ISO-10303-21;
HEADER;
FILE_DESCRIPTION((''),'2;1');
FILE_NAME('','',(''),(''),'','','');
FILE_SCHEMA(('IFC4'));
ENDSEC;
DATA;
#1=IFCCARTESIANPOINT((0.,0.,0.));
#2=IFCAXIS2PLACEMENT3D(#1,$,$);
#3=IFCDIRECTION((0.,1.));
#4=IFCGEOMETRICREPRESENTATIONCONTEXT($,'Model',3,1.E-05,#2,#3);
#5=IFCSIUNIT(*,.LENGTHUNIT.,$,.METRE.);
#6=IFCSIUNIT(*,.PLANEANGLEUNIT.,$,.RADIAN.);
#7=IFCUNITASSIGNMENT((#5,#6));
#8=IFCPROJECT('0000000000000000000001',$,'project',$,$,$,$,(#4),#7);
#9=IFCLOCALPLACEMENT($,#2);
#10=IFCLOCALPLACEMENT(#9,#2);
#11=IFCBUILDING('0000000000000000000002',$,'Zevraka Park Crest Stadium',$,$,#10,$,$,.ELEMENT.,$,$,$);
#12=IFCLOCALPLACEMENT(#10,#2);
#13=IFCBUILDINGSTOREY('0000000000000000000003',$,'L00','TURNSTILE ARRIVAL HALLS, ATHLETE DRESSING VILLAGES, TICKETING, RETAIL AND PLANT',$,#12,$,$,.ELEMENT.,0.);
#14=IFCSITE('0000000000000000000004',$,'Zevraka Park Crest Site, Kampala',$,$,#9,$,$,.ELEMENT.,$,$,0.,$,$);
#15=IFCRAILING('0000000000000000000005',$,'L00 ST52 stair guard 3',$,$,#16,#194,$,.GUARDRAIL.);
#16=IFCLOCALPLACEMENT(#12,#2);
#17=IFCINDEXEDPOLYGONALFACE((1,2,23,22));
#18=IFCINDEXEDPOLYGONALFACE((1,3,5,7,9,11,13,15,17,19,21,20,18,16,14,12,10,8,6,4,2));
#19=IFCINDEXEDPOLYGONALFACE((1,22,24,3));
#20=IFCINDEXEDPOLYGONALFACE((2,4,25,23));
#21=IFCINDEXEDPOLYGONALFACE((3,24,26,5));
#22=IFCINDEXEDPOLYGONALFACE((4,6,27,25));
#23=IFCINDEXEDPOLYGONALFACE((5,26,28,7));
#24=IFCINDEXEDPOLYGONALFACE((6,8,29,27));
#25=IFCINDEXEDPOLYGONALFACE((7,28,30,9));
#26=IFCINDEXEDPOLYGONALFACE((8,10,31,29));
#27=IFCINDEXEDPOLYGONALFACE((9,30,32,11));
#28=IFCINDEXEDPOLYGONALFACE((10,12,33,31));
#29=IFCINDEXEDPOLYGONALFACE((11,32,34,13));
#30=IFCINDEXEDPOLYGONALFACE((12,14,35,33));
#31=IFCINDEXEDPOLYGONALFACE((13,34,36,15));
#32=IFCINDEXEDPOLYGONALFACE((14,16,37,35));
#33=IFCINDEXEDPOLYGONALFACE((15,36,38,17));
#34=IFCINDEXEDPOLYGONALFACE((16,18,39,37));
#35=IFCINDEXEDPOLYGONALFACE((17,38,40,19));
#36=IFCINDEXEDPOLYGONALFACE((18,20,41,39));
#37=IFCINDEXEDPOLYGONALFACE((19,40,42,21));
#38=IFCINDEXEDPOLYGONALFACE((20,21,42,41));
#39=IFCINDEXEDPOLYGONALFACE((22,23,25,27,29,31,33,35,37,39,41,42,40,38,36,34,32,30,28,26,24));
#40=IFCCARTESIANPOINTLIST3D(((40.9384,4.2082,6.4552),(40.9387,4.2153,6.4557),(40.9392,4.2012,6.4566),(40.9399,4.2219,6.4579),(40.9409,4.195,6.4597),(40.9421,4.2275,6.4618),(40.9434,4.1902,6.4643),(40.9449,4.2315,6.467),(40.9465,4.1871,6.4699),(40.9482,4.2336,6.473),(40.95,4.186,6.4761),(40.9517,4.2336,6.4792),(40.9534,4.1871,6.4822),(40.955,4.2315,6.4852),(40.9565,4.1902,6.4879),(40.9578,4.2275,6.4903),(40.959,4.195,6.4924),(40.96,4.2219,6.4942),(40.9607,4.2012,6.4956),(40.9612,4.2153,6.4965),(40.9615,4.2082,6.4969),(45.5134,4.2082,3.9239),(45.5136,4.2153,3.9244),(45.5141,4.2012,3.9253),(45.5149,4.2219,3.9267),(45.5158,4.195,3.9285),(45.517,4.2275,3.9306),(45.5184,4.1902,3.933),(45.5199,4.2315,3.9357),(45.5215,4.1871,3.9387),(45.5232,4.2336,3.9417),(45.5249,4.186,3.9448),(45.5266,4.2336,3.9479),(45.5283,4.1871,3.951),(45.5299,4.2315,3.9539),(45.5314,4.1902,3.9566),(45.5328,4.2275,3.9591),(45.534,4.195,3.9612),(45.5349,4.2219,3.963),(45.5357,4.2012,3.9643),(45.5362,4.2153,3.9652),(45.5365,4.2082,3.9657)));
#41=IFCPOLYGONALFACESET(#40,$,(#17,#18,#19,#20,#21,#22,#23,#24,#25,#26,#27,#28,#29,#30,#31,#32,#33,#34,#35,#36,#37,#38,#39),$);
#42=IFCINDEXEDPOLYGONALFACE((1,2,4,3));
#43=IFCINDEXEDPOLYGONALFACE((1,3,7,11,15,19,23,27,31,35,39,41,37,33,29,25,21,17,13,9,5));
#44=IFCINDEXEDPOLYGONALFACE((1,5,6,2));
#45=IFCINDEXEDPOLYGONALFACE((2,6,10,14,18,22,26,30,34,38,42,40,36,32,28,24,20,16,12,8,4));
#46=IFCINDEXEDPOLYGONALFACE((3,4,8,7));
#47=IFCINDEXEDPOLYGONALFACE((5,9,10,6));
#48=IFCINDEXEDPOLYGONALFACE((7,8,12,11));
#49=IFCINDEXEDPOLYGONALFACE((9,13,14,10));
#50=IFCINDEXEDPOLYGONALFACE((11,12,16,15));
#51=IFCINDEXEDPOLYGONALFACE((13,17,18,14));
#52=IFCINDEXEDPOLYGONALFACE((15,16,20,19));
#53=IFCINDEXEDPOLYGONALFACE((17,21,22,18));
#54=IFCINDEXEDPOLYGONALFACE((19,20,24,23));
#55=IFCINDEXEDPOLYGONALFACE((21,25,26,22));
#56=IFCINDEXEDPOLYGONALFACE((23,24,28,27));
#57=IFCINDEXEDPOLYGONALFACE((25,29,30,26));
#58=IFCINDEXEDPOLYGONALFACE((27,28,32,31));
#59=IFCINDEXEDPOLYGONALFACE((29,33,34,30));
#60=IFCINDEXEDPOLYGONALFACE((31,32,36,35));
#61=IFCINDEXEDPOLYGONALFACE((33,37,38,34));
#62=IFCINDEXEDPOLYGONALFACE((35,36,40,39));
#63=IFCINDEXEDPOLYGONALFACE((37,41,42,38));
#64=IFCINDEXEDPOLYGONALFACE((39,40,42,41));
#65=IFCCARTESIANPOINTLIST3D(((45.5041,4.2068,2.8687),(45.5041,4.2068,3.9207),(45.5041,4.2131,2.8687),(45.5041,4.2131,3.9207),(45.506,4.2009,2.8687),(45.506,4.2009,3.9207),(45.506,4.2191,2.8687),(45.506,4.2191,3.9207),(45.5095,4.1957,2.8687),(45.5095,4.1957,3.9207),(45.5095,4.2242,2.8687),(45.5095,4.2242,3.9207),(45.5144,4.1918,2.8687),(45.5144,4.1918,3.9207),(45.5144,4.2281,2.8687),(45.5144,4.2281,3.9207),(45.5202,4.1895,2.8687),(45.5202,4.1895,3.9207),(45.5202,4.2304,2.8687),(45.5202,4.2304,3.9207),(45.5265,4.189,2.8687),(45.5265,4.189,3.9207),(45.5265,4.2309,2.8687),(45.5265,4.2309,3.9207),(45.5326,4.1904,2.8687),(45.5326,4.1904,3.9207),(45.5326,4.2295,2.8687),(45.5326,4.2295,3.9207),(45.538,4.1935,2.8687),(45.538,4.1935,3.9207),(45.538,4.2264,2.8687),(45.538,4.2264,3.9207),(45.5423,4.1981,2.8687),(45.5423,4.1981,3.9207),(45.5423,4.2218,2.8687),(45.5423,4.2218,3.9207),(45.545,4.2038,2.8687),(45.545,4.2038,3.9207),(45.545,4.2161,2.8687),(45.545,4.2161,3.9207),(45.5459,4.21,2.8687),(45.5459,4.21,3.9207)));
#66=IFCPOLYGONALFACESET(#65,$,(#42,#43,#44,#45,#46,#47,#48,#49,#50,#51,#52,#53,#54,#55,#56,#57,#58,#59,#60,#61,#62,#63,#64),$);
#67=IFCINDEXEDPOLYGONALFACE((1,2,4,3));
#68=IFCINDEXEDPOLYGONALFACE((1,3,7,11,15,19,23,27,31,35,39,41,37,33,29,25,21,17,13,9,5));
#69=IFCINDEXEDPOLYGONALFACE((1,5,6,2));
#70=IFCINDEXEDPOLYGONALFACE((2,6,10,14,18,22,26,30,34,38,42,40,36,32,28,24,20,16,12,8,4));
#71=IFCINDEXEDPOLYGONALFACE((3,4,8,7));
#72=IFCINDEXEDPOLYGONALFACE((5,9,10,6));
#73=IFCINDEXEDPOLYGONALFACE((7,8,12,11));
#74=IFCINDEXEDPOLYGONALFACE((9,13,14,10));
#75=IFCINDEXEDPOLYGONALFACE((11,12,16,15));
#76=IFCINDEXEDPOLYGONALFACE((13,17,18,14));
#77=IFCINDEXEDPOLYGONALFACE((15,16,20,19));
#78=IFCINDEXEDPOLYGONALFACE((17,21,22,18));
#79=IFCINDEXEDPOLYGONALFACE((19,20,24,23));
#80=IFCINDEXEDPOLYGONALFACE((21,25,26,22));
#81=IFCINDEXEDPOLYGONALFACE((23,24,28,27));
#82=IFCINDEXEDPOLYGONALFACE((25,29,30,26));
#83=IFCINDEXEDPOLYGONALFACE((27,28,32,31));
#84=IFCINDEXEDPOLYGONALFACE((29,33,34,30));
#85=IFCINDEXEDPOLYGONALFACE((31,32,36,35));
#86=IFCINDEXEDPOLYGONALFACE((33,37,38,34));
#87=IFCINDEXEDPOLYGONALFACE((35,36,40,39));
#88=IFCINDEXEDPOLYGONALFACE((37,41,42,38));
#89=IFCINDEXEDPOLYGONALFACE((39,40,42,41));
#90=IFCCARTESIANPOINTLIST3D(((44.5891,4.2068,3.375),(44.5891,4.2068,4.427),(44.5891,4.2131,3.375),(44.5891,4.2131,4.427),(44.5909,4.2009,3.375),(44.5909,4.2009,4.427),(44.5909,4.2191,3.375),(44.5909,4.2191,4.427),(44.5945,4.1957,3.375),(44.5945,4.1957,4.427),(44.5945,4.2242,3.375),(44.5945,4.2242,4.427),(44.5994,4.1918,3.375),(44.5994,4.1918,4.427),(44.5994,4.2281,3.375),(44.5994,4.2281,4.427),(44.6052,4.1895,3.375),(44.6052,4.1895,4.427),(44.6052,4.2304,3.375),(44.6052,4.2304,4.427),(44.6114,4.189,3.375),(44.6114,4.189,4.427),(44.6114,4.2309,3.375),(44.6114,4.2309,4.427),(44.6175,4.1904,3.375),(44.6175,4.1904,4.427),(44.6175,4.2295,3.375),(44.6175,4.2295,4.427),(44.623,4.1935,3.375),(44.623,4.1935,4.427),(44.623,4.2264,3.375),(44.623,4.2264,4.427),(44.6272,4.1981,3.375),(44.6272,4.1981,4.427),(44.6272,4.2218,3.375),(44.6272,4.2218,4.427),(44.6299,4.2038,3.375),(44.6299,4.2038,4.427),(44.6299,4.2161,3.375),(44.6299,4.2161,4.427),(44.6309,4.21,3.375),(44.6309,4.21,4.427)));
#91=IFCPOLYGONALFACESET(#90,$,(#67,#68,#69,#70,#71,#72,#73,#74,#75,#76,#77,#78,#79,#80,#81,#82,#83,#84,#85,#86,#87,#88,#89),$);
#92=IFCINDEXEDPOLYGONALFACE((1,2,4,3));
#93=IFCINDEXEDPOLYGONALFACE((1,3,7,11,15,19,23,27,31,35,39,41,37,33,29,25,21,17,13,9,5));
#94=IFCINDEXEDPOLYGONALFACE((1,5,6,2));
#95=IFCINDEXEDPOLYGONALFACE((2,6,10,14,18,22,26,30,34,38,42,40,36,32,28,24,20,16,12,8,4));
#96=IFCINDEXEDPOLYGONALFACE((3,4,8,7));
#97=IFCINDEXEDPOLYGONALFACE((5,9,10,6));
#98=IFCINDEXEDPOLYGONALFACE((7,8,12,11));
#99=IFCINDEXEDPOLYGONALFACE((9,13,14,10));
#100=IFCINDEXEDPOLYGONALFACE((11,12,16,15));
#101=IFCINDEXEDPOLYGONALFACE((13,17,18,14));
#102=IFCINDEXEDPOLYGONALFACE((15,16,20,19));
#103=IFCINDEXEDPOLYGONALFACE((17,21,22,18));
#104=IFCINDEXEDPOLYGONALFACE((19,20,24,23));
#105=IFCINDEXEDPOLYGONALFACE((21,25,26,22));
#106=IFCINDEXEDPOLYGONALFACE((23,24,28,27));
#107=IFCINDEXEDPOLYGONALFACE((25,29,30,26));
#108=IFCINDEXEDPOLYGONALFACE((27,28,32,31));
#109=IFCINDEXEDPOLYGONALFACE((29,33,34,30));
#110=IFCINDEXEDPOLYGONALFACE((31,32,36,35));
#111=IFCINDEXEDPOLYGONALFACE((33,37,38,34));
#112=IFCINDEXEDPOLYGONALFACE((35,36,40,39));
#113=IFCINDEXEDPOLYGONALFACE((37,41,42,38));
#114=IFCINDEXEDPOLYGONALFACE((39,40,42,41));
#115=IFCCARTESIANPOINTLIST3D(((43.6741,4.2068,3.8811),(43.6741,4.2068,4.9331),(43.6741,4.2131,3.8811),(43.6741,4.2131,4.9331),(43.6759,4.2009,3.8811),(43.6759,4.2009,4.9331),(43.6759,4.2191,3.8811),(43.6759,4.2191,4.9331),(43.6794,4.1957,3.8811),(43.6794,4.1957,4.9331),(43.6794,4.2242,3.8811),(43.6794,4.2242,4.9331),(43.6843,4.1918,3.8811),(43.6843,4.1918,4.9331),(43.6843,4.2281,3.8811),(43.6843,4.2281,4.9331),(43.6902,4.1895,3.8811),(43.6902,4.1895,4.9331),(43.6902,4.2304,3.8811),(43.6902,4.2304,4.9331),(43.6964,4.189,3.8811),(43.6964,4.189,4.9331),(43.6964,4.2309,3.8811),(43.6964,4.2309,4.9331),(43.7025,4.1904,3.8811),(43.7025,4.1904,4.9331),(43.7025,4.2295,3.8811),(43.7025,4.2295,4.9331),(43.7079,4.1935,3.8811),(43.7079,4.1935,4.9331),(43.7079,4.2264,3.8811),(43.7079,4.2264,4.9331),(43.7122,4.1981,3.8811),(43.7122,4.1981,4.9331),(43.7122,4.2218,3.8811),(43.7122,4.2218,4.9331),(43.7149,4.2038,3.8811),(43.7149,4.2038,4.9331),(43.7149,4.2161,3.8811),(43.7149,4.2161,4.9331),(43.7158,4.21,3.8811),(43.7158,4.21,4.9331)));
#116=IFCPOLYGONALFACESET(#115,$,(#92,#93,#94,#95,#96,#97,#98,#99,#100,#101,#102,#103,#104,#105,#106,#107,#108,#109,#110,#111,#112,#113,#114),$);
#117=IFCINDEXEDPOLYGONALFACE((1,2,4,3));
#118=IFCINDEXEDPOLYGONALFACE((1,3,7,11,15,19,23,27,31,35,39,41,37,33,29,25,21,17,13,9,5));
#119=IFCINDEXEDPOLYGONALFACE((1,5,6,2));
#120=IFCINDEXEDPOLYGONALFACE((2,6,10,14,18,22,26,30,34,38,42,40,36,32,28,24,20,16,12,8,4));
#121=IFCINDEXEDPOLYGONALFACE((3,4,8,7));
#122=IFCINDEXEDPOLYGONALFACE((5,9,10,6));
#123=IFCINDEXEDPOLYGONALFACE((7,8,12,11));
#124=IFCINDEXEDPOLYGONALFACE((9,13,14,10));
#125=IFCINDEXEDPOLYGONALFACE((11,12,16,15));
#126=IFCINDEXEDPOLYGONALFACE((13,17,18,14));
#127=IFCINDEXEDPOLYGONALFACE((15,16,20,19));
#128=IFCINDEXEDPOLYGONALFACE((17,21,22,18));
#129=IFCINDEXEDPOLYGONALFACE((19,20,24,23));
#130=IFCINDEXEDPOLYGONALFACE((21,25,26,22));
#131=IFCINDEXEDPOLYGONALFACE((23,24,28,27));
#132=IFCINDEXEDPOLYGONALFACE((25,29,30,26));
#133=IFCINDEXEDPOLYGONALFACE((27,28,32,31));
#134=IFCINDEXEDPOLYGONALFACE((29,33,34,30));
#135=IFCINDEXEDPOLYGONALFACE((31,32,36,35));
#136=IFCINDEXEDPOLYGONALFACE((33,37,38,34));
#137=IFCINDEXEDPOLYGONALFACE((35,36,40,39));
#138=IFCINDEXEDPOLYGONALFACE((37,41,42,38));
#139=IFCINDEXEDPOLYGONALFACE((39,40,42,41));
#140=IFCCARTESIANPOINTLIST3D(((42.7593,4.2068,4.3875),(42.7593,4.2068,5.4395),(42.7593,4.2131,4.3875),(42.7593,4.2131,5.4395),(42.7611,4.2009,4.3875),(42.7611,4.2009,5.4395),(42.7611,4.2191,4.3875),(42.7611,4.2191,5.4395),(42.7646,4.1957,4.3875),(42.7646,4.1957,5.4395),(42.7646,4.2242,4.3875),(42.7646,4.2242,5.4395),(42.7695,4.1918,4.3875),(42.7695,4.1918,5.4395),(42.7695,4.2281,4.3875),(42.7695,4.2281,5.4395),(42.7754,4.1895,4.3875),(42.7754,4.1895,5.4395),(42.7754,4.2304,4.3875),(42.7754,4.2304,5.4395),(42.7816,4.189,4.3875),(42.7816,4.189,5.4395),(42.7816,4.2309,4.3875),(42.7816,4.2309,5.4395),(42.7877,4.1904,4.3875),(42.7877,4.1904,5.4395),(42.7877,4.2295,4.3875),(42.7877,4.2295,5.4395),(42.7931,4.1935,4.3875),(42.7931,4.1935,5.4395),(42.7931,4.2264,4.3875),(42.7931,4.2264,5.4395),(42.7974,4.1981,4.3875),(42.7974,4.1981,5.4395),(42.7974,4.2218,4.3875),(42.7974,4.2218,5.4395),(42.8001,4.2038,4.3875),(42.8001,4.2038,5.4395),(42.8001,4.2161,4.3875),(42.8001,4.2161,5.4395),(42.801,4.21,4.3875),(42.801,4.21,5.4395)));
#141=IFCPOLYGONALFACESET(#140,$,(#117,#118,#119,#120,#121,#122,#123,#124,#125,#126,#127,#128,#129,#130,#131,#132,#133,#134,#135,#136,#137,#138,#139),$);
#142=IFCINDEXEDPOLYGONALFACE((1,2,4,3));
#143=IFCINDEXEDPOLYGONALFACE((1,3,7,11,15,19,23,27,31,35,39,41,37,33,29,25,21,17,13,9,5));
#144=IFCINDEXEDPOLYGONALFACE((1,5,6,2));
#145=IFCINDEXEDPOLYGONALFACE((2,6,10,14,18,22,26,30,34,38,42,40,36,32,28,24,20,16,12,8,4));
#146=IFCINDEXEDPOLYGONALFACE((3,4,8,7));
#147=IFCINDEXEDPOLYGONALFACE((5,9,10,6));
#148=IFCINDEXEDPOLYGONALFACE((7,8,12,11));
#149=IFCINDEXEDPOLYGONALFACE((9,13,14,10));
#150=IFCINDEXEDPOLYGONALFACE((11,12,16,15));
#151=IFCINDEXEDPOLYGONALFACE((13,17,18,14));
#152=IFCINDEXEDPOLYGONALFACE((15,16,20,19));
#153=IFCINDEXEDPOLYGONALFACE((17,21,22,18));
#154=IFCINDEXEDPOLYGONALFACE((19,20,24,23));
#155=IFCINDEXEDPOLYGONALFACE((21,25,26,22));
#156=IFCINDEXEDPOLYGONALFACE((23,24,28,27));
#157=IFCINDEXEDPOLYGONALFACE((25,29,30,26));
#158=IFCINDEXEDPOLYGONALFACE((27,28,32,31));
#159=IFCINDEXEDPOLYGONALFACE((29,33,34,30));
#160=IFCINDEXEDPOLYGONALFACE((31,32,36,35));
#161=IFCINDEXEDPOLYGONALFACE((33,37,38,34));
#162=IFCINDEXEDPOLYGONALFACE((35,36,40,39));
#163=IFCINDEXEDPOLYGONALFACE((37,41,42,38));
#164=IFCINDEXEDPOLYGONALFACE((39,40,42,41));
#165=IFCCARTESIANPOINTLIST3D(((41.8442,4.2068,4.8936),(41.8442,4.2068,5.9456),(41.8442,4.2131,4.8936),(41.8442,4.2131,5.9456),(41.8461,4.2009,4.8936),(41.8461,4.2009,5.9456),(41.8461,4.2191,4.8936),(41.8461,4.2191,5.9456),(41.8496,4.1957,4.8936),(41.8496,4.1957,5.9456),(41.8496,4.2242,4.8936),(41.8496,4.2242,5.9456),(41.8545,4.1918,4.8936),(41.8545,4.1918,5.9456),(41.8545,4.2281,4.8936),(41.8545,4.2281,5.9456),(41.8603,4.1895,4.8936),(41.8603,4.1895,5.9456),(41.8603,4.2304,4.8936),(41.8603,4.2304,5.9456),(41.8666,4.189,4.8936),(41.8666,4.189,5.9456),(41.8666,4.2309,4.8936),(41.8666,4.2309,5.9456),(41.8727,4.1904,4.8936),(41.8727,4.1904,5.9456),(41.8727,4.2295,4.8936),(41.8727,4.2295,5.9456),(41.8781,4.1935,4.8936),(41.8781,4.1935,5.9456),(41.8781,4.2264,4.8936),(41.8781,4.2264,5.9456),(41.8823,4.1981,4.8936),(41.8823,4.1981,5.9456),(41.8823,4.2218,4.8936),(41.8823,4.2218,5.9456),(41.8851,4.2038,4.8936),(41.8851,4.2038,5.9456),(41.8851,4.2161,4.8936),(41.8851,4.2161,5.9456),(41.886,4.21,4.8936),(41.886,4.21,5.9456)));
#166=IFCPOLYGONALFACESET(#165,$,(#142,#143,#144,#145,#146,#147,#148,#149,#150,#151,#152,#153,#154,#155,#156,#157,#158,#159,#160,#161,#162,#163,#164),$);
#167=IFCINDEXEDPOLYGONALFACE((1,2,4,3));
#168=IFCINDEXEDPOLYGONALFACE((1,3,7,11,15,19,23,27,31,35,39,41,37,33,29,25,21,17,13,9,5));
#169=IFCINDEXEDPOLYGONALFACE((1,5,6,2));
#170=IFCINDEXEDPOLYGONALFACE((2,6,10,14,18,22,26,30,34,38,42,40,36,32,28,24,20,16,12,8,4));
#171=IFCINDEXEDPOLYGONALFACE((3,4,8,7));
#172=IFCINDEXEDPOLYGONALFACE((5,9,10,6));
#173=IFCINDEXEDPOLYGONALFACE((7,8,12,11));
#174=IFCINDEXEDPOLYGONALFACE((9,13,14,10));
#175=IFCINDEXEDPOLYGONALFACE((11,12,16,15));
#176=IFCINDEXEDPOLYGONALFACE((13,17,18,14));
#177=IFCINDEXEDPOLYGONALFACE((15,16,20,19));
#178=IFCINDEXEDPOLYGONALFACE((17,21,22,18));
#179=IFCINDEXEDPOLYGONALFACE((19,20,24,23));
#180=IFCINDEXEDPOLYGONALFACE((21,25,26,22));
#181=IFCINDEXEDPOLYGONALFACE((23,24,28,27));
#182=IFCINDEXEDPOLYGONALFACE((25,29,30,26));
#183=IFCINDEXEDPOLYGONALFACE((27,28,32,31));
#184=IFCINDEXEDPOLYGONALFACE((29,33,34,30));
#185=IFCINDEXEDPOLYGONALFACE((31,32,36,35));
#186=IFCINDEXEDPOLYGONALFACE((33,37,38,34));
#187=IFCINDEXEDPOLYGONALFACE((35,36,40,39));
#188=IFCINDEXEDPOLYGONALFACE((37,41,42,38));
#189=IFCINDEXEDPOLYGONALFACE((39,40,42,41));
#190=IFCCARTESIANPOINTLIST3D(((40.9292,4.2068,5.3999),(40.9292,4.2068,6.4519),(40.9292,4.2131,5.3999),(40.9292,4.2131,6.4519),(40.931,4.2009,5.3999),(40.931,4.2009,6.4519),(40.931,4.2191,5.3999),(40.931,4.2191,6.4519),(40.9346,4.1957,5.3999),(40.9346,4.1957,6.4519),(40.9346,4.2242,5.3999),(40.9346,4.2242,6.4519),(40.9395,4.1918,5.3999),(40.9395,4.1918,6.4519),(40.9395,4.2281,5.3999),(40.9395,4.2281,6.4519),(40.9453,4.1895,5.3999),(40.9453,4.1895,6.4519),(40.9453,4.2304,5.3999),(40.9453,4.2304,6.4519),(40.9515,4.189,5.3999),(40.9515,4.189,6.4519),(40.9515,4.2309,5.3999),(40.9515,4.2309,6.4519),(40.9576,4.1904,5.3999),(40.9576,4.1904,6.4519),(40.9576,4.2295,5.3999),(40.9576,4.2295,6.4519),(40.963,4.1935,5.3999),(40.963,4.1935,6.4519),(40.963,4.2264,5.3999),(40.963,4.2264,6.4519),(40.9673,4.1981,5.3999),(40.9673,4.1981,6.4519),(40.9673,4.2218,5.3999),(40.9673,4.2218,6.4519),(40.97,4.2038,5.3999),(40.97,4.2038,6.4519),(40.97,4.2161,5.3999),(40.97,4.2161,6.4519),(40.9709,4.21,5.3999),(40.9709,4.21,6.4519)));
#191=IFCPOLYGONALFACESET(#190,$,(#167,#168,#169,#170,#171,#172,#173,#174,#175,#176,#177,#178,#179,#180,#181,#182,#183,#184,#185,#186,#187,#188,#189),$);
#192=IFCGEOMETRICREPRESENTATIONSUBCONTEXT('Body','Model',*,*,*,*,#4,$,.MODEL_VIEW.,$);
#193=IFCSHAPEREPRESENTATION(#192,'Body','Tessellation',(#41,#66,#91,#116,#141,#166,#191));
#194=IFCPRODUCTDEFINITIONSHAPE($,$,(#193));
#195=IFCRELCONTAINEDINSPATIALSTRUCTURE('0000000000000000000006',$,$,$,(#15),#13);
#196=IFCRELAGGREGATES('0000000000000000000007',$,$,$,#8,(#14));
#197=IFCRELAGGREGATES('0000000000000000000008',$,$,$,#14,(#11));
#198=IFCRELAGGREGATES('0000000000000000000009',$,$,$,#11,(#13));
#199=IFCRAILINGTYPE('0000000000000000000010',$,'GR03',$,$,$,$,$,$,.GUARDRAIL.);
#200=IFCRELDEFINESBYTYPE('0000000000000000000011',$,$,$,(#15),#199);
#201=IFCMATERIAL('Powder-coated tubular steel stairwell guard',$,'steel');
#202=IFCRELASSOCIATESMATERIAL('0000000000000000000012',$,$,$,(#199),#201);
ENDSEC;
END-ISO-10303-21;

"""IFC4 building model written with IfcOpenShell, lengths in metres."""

from ifc_helpers import new_model, si_unit, direction, frame, origin, origin_2d, place, context, subcontext, project, spatial, circle, extrude, material, type_object, element, save


model = new_model("IFC4")

# Units and contexts
model_context = context("Model", 3, precision=1e-05, world=origin(), true_north=direction((0.0, 1.0)))
body_context = subcontext(model_context, "Body", "Model", "MODEL_VIEW")
ifc_project = project(units=[si_unit("LENGTHUNIT", "METRE"), si_unit("PLANEANGLEUNIT", "RADIAN")], contexts=[model_context])

# Site, building, storey
site_placement = place(None, origin())
site = spatial("IfcSite", under=ifc_project, at=site_placement, Name="Zevraka Park Crest Site, Kampala", CompositionType="ELEMENT", RefElevation=0.0)
building_placement = place(site_placement, origin())
building = spatial("IfcBuilding", under=site, at=building_placement, Name="Zevraka Park Crest Stadium", CompositionType="ELEMENT")
storey_placement = place(building_placement, origin())
storey = spatial("IfcBuildingStorey", under=building, at=storey_placement, Name="L00", Description="TURNSTILE ARRIVAL HALLS, ATHLETE DRESSING VILLAGES, TICKETING, RETAIL AND PLANT", CompositionType="ELEMENT", Elevation=0.0)

# Railing
ifc_material_1 = material(Name="Powder-coated tubular steel stairwell guard", Category="steel")
railing_type_1 = type_object("IfcRailingType", Name="GR03", PredefinedType="GUARDRAIL", material=ifc_material_1)
railing_1_placement = place(storey_placement, frame((45.5249, 4.21, 2.8687)))
element("IfcRailing", 1, at=railing_1_placement, inside=storey, type_object=railing_type_1, Name="L00 ST52 stair guard 3", PredefinedType="GUARDRAIL", context=body_context, shape_type="SweptSolid", body=[
    extrude(circle(Radius=0.0239, at=origin_2d()), frame((0.0, 0.0, 1.0762), z_axis=(-0.875, 0.0, 0.484124), x_axis=(0.0, -1.0, 0.0)), (0.0, 0.0, 1.0), 5.2285),
    extrude(circle(Radius=0.021, at=origin_2d()), origin(), (0.0, 0.0, 1.0), 1.052),
    extrude(circle(Radius=0.021, at=origin_2d()), frame((-0.915, 0.0, 0.5063)), (0.0, 0.0, 1.0), 1.052),
    extrude(circle(Radius=0.021, at=origin_2d()), frame((-1.8301, 0.0, 1.0125)), (0.0, 0.0, 1.0), 1.052),
    extrude(circle(Radius=0.021, at=origin_2d()), frame((-2.7449, 0.0, 1.5188)), (0.0, 0.0, 1.0), 1.052),
    extrude(circle(Radius=0.021, at=origin_2d()), frame((-3.6599, 0.0, 2.0249)), (0.0, 0.0, 1.0), 1.052),
    extrude(circle(Radius=0.021, at=origin_2d()), frame((-4.575, 0.0, 2.5312)), (0.0, 0.0, 1.0), 1.052),
])

save(model, "model.ifc")
